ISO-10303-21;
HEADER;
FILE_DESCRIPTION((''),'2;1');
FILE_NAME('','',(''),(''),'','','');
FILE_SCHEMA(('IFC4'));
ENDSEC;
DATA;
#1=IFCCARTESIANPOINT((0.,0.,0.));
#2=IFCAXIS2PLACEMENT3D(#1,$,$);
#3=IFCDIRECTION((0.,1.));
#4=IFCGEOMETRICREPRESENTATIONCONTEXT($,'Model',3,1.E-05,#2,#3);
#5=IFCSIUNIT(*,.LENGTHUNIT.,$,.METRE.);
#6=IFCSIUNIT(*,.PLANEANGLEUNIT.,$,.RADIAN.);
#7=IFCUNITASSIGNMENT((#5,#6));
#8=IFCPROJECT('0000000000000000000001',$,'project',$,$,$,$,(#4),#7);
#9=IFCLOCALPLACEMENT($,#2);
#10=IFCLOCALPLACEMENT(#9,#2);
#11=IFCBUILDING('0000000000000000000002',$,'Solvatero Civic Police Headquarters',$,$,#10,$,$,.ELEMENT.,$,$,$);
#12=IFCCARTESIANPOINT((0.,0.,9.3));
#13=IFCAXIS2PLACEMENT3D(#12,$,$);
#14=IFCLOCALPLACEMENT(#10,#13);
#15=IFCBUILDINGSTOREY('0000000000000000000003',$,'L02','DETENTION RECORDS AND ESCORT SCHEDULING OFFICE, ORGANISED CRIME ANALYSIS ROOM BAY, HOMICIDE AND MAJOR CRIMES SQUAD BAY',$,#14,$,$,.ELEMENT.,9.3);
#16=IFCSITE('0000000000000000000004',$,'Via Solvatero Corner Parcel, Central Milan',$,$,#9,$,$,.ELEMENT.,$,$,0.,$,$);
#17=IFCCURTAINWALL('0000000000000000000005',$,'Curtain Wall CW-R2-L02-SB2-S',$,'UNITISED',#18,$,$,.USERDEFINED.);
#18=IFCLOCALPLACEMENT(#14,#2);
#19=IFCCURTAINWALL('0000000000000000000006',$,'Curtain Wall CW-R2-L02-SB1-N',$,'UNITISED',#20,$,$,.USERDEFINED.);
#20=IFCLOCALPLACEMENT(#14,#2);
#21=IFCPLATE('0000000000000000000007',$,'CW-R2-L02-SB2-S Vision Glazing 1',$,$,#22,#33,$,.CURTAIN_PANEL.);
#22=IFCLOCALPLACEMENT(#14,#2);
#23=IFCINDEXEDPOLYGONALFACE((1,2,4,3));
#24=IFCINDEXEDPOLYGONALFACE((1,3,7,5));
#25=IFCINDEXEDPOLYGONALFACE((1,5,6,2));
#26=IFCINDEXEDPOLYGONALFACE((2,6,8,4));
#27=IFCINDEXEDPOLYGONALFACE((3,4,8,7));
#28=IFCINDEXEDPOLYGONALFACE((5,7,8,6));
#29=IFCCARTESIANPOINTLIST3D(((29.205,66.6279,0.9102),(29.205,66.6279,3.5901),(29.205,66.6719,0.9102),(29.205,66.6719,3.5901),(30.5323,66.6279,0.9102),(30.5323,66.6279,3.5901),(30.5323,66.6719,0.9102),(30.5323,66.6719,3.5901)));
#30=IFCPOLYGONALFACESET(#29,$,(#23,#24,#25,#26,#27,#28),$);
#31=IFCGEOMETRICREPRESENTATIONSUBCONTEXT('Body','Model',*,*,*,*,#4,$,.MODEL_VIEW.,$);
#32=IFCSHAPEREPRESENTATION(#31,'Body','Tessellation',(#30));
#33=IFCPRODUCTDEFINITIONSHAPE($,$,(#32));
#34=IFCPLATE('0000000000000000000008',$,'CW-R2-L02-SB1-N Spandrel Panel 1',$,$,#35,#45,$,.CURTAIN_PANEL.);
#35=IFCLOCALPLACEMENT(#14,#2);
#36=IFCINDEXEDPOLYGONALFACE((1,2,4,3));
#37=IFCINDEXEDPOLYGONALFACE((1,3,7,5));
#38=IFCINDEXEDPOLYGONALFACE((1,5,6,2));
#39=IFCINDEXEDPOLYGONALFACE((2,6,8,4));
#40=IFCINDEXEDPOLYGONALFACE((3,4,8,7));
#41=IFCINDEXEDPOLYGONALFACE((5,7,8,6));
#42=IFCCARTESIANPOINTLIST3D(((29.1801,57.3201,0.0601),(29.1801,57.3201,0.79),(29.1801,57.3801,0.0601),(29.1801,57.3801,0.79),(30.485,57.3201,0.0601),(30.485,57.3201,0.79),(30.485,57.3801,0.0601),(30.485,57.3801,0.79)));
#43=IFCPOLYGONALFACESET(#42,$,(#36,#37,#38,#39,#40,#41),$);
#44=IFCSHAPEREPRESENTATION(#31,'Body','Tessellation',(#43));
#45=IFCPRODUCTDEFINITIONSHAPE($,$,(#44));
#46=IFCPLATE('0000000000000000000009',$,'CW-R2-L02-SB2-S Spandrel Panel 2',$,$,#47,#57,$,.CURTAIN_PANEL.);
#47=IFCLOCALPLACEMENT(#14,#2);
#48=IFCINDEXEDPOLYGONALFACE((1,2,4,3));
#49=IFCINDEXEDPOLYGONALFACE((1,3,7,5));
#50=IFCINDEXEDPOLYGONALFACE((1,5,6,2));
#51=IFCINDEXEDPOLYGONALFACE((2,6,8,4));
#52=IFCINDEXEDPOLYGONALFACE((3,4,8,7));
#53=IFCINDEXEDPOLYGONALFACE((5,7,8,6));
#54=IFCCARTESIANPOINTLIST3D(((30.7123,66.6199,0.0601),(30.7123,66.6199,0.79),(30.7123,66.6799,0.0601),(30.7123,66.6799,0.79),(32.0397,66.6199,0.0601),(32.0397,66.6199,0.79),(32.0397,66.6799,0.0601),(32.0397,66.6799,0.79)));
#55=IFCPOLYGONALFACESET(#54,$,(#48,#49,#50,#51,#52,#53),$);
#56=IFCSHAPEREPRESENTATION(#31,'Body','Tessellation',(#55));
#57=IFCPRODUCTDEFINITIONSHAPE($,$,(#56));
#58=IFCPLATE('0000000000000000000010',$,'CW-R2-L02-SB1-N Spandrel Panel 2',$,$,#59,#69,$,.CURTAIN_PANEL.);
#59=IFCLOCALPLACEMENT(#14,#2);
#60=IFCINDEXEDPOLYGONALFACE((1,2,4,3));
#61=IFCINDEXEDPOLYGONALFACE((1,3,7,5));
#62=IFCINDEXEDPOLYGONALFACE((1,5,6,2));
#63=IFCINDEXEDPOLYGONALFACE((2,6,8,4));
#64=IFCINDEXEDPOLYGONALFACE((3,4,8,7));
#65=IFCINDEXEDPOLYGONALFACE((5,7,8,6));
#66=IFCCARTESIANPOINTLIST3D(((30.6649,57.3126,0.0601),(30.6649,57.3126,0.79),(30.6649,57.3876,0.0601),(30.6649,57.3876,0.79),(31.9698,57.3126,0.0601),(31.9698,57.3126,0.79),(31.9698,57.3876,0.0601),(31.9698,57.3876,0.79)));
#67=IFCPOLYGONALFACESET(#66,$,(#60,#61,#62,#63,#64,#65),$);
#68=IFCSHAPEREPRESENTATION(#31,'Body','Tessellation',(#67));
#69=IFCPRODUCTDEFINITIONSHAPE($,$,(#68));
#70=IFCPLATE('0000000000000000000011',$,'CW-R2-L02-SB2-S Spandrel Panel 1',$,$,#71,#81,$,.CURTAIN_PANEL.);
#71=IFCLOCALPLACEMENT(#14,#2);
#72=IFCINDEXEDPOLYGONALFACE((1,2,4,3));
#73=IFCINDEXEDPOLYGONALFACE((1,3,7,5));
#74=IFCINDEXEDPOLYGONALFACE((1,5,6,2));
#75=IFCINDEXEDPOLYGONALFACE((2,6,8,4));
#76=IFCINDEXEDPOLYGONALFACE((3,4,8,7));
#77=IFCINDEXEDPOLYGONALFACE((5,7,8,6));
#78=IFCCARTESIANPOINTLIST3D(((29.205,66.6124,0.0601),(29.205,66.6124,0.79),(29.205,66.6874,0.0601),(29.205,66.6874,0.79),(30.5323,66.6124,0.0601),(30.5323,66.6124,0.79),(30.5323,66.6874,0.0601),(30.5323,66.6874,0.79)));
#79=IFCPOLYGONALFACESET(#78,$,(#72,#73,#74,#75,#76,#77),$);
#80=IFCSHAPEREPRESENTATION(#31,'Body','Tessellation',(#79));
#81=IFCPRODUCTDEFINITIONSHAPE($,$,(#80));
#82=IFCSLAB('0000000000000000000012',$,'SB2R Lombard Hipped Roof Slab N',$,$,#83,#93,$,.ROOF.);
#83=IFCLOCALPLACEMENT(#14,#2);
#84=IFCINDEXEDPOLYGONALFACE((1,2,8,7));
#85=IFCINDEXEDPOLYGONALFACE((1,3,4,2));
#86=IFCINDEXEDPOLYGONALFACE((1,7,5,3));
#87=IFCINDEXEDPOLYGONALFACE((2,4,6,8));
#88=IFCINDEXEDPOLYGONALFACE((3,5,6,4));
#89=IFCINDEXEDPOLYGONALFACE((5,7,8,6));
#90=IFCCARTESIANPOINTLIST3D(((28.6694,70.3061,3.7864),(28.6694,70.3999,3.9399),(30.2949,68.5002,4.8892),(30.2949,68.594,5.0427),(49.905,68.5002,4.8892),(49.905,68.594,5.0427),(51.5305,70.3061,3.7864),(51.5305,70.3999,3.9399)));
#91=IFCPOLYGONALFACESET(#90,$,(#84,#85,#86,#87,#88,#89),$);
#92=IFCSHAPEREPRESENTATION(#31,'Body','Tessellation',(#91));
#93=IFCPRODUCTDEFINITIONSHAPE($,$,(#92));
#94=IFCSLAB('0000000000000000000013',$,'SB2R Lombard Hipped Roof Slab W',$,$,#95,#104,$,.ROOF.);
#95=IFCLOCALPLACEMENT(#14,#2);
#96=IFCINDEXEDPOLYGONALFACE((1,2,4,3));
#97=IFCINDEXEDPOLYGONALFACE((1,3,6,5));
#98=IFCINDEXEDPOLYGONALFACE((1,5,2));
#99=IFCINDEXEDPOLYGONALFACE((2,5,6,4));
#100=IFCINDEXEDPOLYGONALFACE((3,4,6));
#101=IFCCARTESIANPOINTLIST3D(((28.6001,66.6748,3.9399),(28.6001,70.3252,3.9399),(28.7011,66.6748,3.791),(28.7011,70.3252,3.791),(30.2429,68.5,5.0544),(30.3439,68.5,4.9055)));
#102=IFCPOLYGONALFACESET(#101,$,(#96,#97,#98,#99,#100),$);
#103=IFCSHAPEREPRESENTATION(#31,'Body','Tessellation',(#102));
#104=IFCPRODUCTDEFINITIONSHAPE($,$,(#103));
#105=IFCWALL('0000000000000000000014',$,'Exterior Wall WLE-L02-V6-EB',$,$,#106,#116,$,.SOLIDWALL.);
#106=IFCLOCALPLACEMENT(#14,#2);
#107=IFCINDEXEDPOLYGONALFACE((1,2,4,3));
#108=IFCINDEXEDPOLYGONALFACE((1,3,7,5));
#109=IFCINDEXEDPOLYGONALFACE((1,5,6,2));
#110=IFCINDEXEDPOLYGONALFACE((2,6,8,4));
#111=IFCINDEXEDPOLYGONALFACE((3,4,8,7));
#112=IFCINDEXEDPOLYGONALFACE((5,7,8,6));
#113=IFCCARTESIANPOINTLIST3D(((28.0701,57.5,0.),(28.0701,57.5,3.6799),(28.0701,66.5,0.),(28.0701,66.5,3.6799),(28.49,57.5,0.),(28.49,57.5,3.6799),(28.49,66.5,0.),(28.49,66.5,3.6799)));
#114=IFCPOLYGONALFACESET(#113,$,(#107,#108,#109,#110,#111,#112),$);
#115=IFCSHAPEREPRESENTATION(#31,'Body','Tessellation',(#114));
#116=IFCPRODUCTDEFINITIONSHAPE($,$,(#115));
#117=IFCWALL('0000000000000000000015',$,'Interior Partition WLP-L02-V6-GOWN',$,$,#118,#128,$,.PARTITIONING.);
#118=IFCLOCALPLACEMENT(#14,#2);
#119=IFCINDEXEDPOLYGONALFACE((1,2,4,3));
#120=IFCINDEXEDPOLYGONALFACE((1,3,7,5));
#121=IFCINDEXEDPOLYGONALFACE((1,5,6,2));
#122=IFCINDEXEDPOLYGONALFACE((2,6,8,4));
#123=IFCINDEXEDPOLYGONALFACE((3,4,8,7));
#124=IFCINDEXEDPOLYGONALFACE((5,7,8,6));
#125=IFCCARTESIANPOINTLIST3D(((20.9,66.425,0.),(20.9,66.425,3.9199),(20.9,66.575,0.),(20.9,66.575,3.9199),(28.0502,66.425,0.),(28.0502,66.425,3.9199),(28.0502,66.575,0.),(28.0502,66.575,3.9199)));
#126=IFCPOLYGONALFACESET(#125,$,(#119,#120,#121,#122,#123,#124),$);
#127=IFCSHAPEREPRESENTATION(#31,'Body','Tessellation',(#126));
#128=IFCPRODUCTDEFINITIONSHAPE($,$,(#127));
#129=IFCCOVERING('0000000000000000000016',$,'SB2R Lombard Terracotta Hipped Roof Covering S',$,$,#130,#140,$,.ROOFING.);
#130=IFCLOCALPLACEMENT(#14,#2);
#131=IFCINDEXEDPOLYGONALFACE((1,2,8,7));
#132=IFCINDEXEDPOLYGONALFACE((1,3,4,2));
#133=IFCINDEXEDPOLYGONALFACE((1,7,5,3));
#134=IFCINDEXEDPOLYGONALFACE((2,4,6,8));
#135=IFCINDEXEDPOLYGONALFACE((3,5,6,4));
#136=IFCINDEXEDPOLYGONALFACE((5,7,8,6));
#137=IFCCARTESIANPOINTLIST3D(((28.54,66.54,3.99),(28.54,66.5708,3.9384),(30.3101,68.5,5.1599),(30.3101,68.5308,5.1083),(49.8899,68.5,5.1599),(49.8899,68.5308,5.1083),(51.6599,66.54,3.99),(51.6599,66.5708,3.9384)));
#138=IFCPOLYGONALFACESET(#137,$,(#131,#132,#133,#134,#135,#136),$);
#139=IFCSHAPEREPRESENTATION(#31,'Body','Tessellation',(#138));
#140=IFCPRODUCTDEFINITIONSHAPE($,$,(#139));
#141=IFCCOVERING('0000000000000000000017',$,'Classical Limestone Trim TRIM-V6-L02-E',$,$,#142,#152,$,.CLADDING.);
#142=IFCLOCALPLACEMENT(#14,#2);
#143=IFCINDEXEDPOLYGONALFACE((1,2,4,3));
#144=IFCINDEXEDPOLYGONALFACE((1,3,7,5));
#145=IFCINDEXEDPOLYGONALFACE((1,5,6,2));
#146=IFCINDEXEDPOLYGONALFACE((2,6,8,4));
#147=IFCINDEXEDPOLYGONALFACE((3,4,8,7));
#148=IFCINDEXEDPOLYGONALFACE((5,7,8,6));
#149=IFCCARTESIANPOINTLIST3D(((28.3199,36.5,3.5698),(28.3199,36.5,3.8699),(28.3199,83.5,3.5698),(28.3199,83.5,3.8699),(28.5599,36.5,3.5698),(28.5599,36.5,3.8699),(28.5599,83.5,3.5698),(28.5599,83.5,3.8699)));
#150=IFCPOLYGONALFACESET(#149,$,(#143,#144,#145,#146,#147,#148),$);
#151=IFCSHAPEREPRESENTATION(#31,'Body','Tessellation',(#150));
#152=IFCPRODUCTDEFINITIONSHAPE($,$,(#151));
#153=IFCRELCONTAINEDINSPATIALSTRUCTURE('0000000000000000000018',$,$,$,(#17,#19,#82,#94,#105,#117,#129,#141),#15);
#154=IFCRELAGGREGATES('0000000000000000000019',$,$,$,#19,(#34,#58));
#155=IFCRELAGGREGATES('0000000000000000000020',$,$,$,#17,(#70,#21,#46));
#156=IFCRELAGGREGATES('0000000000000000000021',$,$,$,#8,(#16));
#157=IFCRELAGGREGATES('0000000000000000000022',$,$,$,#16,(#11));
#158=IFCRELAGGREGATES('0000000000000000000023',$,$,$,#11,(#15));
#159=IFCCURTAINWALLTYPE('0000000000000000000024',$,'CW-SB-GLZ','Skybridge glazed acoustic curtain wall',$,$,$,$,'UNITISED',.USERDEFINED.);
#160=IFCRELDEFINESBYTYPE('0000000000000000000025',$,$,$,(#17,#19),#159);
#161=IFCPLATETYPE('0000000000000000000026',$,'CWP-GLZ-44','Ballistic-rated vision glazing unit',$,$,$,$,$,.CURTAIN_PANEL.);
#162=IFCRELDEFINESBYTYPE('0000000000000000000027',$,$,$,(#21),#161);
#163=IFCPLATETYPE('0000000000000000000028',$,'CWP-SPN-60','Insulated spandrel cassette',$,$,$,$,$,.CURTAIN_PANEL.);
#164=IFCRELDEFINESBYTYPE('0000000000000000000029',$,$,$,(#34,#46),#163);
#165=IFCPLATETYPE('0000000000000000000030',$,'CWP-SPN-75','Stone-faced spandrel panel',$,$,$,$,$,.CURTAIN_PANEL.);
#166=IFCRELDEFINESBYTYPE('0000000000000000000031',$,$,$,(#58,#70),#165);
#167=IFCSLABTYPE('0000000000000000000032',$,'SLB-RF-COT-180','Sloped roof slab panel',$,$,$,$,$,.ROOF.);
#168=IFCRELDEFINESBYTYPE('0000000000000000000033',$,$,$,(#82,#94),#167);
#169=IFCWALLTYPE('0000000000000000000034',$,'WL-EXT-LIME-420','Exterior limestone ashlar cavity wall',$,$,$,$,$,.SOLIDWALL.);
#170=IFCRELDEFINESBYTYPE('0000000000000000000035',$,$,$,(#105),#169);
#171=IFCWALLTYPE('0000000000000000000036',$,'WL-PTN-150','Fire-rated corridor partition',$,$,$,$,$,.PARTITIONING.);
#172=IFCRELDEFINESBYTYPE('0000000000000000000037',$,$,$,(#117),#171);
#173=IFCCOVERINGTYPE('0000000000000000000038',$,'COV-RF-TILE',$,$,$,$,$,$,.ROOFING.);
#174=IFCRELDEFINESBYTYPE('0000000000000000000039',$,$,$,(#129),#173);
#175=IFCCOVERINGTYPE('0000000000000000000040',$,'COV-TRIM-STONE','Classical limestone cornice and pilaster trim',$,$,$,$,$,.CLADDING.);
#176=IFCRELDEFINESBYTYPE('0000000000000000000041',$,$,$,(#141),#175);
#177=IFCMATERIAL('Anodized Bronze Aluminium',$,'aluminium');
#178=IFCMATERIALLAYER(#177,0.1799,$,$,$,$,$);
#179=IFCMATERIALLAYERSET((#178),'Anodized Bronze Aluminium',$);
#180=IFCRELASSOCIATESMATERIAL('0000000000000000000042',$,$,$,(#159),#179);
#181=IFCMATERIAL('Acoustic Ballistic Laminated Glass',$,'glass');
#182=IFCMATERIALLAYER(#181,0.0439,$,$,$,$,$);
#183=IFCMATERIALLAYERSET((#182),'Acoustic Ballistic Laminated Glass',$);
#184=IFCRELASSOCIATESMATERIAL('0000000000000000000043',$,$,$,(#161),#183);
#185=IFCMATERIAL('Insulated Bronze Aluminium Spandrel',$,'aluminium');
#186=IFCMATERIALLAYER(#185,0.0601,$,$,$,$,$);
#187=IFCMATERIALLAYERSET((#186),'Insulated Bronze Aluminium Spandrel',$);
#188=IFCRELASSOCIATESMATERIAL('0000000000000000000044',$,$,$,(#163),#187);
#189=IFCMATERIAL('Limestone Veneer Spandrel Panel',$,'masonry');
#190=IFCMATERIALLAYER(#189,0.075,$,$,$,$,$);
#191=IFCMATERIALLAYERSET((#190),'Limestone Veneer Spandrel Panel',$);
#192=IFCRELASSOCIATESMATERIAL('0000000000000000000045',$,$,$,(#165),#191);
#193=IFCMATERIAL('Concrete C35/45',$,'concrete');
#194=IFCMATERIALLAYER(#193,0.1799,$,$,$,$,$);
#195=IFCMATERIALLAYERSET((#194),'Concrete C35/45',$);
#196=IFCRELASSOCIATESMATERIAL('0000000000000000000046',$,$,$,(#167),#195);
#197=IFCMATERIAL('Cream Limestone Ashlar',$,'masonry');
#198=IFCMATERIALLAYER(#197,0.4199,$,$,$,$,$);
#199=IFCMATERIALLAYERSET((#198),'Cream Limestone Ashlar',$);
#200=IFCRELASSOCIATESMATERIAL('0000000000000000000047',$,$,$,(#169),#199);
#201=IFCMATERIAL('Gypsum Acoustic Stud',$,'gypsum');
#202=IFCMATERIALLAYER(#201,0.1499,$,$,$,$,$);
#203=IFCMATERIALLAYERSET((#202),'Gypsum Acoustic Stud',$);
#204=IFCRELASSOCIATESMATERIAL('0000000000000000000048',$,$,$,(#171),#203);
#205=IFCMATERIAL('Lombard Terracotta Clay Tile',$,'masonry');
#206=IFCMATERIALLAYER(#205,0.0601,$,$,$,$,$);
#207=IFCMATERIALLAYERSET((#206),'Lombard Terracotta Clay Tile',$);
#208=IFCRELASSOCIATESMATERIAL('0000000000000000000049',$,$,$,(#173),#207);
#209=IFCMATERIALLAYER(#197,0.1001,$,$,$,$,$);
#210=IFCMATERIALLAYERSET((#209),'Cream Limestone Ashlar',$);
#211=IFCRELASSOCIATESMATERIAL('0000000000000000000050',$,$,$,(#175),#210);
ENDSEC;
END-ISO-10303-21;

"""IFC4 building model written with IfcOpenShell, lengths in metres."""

from ifc_helpers import new_model, si_unit, direction, frame, frame_2d, origin, origin_2d, place, context, subcontext, project, spatial, polyline, rectangle, outline, extrude, material, layer, layer_set, type_object, element, aggregate, save


model = new_model("IFC4")

# Units and contexts
model_context = context("Model", 3, precision=1e-05, world=origin(), true_north=direction((0.0, 1.0)))
body_context = subcontext(model_context, "Body", "Model", "MODEL_VIEW")
ifc_project = project(units=[si_unit("LENGTHUNIT", "METRE"), si_unit("PLANEANGLEUNIT", "RADIAN")], contexts=[model_context])

# Site, building, storey
site_placement = place(None, origin())
site = spatial("IfcSite", under=ifc_project, at=site_placement, Name="Via Solvatero Corner Parcel, Central Milan", CompositionType="ELEMENT", RefElevation=0.0)
building_placement = place(site_placement, origin())
building = spatial("IfcBuilding", under=site, at=building_placement, Name="Solvatero Civic Police Headquarters", CompositionType="ELEMENT")
storey_placement = place(building_placement, frame((0.0, 0.0, 9.3)))
storey = spatial("IfcBuildingStorey", under=building, at=storey_placement, Name="L02", Description="DETENTION RECORDS AND ESCORT SCHEDULING OFFICE, ORGANISED CRIME ANALYSIS ROOM BAY, HOMICIDE AND MAJOR CRIMES SQUAD BAY", CompositionType="ELEMENT", Elevation=9.3)

# Curtain wall
ifc_material_1 = material(Name="Anodized Bronze Aluminium", Category="aluminium")
ifc_layer_1 = layer(ifc_material_1, 0.1799)
ifc_layer_set_1 = layer_set([ifc_layer_1], Name="Anodized Bronze Aluminium")
curtain_wall_type = type_object("IfcCurtainWallType", Name="CW-SB-GLZ", Description="Skybridge glazed acoustic curtain wall", ElementType="UNITISED", PredefinedType="USERDEFINED", material=ifc_layer_set_1)
curtain_wall_1_placement = place(storey_placement, origin())
curtain_wall_1 = element("IfcCurtainWall", 1, at=curtain_wall_1_placement, inside=storey, type_object=curtain_wall_type, Name="Curtain Wall CW-R2-L02-SB2-S", ObjectType="UNITISED", PredefinedType="USERDEFINED")

# Curtain wall
curtain_wall_2_placement = place(storey_placement, origin())
curtain_wall_2 = element("IfcCurtainWall", 2, at=curtain_wall_2_placement, inside=storey, type_object=curtain_wall_type, Name="Curtain Wall CW-R2-L02-SB1-N", ObjectType="UNITISED", PredefinedType="USERDEFINED")
ifc_material_2 = material(Name="Acoustic Ballistic Laminated Glass", Category="glass")
ifc_layer_2 = layer(ifc_material_2, 0.0439)
ifc_layer_set_2 = layer_set([ifc_layer_2], Name="Acoustic Ballistic Laminated Glass")
plate_type_1 = type_object("IfcPlateType", Name="CWP-GLZ-44", Description="Ballistic-rated vision glazing unit", PredefinedType="CURTAIN_PANEL", material=ifc_layer_set_2)

# Plates
plate_1_placement = place(storey_placement, frame((29.8687, 66.6499, 0.9102), z_axis=(0.0, 0.0, 1.0), x_axis=(1.0, 0.0, 0.0)))
plate_1 = element("IfcPlate", 3, at=plate_1_placement, type_object=plate_type_1, Name="CW-R2-L02-SB2-S Vision Glazing 1", PredefinedType="CURTAIN_PANEL", context=body_context, shape_type="SweptSolid", body=[
    extrude(rectangle(XDim=1.3274, YDim=0.0439, at=origin_2d()), origin(), (0.0, 0.0, 1.0), 2.6799),
])
ifc_material_3 = material(Name="Insulated Bronze Aluminium Spandrel", Category="aluminium")
ifc_layer_3 = layer(ifc_material_3, 0.0601)
ifc_layer_set_3 = layer_set([ifc_layer_3], Name="Insulated Bronze Aluminium Spandrel")
plate_type_2 = type_object("IfcPlateType", Name="CWP-SPN-60", Description="Insulated spandrel cassette", PredefinedType="CURTAIN_PANEL", material=ifc_layer_set_3)
plate_2_placement = place(storey_placement, frame((29.8325, 57.3501, 0.0601), z_axis=(0.0, 0.0, 1.0), x_axis=(1.0, 0.0, 0.0)))
plate_2 = element("IfcPlate", 4, at=plate_2_placement, type_object=plate_type_2, Name="CW-R2-L02-SB1-N Spandrel Panel 1", PredefinedType="CURTAIN_PANEL", context=body_context, shape_type="SweptSolid", body=[
    extrude(rectangle(XDim=1.3049, YDim=0.0601, at=origin_2d()), origin(), (0.0, 0.0, 1.0), 0.73),
])
plate_3_placement = place(storey_placement, frame((31.376, 66.6499, 0.0601), z_axis=(0.0, 0.0, 1.0), x_axis=(1.0, 0.0, 0.0)))
plate_3 = element("IfcPlate", 5, at=plate_3_placement, type_object=plate_type_2, Name="CW-R2-L02-SB2-S Spandrel Panel 2", PredefinedType="CURTAIN_PANEL", context=body_context, shape_type="SweptSolid", body=[
    extrude(rectangle(XDim=1.3274, YDim=0.0601, at=origin_2d()), origin(), (0.0, 0.0, 1.0), 0.73),
])
ifc_material_4 = material(Name="Limestone Veneer Spandrel Panel", Category="masonry")
ifc_layer_4 = layer(ifc_material_4, 0.075)
ifc_layer_set_4 = layer_set([ifc_layer_4], Name="Limestone Veneer Spandrel Panel")
plate_type_3 = type_object("IfcPlateType", Name="CWP-SPN-75", Description="Stone-faced spandrel panel", PredefinedType="CURTAIN_PANEL", material=ifc_layer_set_4)
plate_4_placement = place(storey_placement, frame((31.3174, 57.3501, 0.0601), z_axis=(0.0, 0.0, 1.0), x_axis=(1.0, 0.0, 0.0)))
plate_4 = element("IfcPlate", 6, at=plate_4_placement, type_object=plate_type_3, Name="CW-R2-L02-SB1-N Spandrel Panel 2", PredefinedType="CURTAIN_PANEL", context=body_context, shape_type="SweptSolid", body=[
    extrude(rectangle(XDim=1.3049, YDim=0.075, at=origin_2d()), origin(), (0.0, 0.0, 1.0), 0.73),
])
aggregate(curtain_wall_2, [plate_2, plate_4])
plate_5_placement = place(storey_placement, frame((29.8687, 66.6499, 0.0601), z_axis=(0.0, 0.0, 1.0), x_axis=(1.0, 0.0, 0.0)))
plate_5 = element("IfcPlate", 7, at=plate_5_placement, type_object=plate_type_3, Name="CW-R2-L02-SB2-S Spandrel Panel 1", PredefinedType="CURTAIN_PANEL", context=body_context, shape_type="SweptSolid", body=[
    extrude(rectangle(XDim=1.3274, YDim=0.075, at=origin_2d()), origin(), (0.0, 0.0, 1.0), 0.73),
])
aggregate(curtain_wall_1, [plate_5, plate_1, plate_3])

# Slabs
ifc_material_5 = material(Name="Concrete C35/45", Category="concrete")
ifc_layer_5 = layer(ifc_material_5, 0.1799)
ifc_layer_set_5 = layer_set([ifc_layer_5], Name="Concrete C35/45")
slab_type = type_object("IfcSlabType", Name="SLB-RF-COT-180", Description="Sloped roof slab panel", PredefinedType="ROOF", material=ifc_layer_set_5)
slab_1_placement = place(storey_placement, frame((30.2949, 68.594, 5.0427), z_axis=(0.0, 0.521165, 0.853456), x_axis=(-0.609193, 0.676809, -0.413296)))
element("IfcSlab", 8, at=slab_1_placement, inside=storey, type_object=slab_type, Name="SB2R Lombard Hipped Roof Slab N", PredefinedType="ROOF", context=body_context, shape_type="SweptSolid", body=[
    extrude(outline(polyline([(0.0, 0.0), (2.6683, 0.0), (-11.2585, -18.1293), (-11.9463, -15.5513), (0.0, 0.0)])), origin(), (0.0, 0.0, -1.0), 0.1799),
])
slab_2_placement = place(storey_placement, frame((28.6001, 66.6748, 3.9399), z_axis=(-0.561408, 0.0, 0.827539), x_axis=(0.0, 1.0, 0.0)))
element("IfcSlab", 9, at=slab_2_placement, inside=storey, type_object=slab_type, Name="SB2R Lombard Hipped Roof Slab W", PredefinedType="ROOF", context=body_context, shape_type="SweptSolid", body=[
    extrude(outline(polyline([(0.0, 0.0), (3.6504, 0.0), (1.8252, -1.9852), (0.0, 0.0)])), origin(), (0.0, 0.0, -1.0), 0.1799),
])

# Walls
ifc_material_6 = material(Name="Cream Limestone Ashlar", Category="masonry")
ifc_layer_6 = layer(ifc_material_6, 0.4199)
ifc_layer_set_6 = layer_set([ifc_layer_6], Name="Cream Limestone Ashlar")
wall_type_1 = type_object("IfcWallType", Name="WL-EXT-LIME-420", Description="Exterior limestone ashlar cavity wall", PredefinedType="SOLIDWALL", material=ifc_layer_set_6)
wall_1_placement = place(storey_placement, frame((28.28, 57.5, 0.0), z_axis=(0.0, 0.0, 1.0), x_axis=(0.0, 1.0, 0.0)))
element("IfcWall", 10, at=wall_1_placement, inside=storey, type_object=wall_type_1, Name="Exterior Wall WLE-L02-V6-EB", PredefinedType="SOLIDWALL", context=body_context, shape_type="SweptSolid", body=[
    extrude(rectangle(XDim=9.0, YDim=0.4199, at=frame_2d((4.5, 0.0))), origin(), (0.0, 0.0, 1.0), 3.6799),
])
ifc_material_7 = material(Name="Gypsum Acoustic Stud", Category="gypsum")
ifc_layer_7 = layer(ifc_material_7, 0.1499)
ifc_layer_set_7 = layer_set([ifc_layer_7], Name="Gypsum Acoustic Stud")
wall_type_2 = type_object("IfcWallType", Name="WL-PTN-150", Description="Fire-rated corridor partition", PredefinedType="PARTITIONING", material=ifc_layer_set_7)
wall_2_placement = place(storey_placement, frame((20.8999, 66.5, 0.0), z_axis=(0.0, 0.0, 1.0), x_axis=(1.0, 0.0, 0.0)))
element("IfcWall", 11, at=wall_2_placement, inside=storey, type_object=wall_type_2, Name="Interior Partition WLP-L02-V6-GOWN", PredefinedType="PARTITIONING", context=body_context, shape_type="SweptSolid", body=[
    extrude(rectangle(XDim=7.1501, YDim=0.1499, at=frame_2d((3.5752, 0.0))), origin(), (0.0, 0.0, 1.0), 3.9199),
])

# Coverings
ifc_material_8 = material(Name="Lombard Terracotta Clay Tile", Category="masonry")
ifc_layer_8 = layer(ifc_material_8, 0.0601)
ifc_layer_set_8 = layer_set([ifc_layer_8], Name="Lombard Terracotta Clay Tile")
covering_type_1 = type_object("IfcCoveringType", Name="COV-RF-TILE", PredefinedType="ROOFING", material=ifc_layer_set_8)
covering_1_placement = place(storey_placement, frame((28.54, 66.54, 3.99), z_axis=(0.0, -0.512544, 0.858661), x_axis=(1.0, 0.0, 0.0)))
element("IfcCovering", 12, at=covering_1_placement, inside=storey, type_object=covering_type_1, Name="SB2R Lombard Terracotta Hipped Roof Covering S", PredefinedType="ROOFING", context=body_context, shape_type="SweptSolid", body=[
    extrude(outline(polyline([(0.0, 0.0), (23.1199, 0.0), (21.3499, 2.2826), (1.77, 2.2826), (0.0, 0.0)])), origin(), (0.0, 0.0, -1.0), 0.0601),
])
ifc_layer_9 = layer(ifc_material_6, 0.1001)
ifc_layer_set_9 = layer_set([ifc_layer_9], Name="Cream Limestone Ashlar")
covering_type_2 = type_object("IfcCoveringType", Name="COV-TRIM-STONE", Description="Classical limestone cornice and pilaster trim", PredefinedType="CLADDING", material=ifc_layer_set_9)
covering_2_placement = place(storey_placement, frame((28.4399, 60.0, 3.5698), z_axis=(0.0, 0.0, 1.0), x_axis=(1.0, 0.0, 0.0)))
element("IfcCovering", 13, at=covering_2_placement, inside=storey, type_object=covering_type_2, Name="Classical Limestone Trim TRIM-V6-L02-E", PredefinedType="CLADDING", context=body_context, shape_type="SweptSolid", body=[
    extrude(rectangle(XDim=0.24, YDim=47.0, at=origin_2d()), origin(), (0.0, 0.0, 1.0), 0.3),
])

save(model, "model.ifc")
